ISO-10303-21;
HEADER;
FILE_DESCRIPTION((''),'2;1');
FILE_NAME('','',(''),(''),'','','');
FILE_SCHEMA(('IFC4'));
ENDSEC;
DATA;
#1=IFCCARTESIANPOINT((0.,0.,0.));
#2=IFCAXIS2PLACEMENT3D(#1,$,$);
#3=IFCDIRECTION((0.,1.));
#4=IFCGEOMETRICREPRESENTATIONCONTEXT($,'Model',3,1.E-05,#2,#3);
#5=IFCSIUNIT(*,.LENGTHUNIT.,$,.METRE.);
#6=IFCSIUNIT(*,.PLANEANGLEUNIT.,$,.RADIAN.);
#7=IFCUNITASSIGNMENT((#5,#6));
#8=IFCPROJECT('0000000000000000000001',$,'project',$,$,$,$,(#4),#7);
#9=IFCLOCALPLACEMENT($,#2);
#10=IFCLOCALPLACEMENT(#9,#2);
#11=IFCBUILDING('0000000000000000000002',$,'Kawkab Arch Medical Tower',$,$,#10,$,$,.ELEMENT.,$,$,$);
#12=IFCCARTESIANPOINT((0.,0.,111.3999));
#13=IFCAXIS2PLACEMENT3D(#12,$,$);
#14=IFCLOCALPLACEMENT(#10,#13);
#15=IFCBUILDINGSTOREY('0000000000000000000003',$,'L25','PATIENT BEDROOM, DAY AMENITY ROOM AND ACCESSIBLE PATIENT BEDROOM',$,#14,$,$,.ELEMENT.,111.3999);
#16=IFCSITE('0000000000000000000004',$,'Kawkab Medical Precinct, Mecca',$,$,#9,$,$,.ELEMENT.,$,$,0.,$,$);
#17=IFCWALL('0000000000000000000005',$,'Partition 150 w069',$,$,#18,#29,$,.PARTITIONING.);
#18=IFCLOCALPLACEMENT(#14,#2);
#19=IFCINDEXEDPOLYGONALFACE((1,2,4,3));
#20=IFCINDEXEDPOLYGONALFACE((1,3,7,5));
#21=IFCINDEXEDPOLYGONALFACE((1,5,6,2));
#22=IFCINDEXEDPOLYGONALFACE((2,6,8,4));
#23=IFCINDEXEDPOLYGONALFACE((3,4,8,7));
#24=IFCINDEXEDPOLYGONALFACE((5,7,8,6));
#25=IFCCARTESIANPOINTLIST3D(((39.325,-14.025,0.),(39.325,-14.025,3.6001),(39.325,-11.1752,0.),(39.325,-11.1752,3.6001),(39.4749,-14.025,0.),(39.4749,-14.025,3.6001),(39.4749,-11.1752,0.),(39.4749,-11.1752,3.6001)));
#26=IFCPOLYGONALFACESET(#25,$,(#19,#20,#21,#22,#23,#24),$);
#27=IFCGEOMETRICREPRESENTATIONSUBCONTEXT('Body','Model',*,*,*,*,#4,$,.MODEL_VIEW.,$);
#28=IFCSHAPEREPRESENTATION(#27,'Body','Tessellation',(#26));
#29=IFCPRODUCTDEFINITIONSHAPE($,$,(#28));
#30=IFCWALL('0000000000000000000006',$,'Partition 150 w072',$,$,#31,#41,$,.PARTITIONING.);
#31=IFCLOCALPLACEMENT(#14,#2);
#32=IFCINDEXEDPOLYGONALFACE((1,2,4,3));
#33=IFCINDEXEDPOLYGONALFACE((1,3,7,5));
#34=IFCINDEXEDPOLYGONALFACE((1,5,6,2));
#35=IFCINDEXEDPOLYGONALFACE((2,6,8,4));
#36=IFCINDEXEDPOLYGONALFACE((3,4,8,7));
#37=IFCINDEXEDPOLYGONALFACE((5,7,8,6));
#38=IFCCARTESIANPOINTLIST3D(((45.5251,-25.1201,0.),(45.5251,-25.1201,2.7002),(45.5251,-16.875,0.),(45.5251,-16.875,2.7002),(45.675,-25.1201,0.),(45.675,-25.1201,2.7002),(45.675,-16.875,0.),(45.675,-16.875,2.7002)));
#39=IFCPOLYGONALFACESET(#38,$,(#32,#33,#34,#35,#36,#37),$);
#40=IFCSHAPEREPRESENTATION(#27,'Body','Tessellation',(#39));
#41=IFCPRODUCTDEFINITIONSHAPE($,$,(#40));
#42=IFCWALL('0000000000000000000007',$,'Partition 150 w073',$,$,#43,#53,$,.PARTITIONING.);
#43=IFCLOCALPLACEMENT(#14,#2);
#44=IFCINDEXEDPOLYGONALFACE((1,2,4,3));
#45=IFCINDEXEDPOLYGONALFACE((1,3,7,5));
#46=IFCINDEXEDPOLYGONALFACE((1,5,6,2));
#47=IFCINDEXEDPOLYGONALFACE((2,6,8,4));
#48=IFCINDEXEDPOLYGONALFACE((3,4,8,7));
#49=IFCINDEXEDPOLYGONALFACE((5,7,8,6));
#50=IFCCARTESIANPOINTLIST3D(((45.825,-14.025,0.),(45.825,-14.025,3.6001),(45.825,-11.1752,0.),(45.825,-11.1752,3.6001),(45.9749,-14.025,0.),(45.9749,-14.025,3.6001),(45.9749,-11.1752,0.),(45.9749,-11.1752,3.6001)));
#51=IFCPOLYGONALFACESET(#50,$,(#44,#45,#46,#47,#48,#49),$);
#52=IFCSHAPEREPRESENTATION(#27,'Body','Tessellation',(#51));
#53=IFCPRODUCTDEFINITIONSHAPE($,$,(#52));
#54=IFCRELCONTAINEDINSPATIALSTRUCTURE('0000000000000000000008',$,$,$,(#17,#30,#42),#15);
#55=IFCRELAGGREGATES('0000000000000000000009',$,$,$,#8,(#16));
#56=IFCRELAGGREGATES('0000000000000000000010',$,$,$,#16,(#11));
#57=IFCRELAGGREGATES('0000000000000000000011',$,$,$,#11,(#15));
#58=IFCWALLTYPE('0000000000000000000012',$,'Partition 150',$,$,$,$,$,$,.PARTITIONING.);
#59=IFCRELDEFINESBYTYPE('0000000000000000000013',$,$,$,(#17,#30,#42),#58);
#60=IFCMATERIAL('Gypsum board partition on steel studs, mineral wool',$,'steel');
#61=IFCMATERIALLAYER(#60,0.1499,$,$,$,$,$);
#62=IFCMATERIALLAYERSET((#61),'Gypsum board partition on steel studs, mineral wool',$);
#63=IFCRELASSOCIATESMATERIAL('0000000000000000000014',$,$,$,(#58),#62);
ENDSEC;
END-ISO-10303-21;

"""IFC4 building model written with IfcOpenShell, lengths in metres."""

from ifc_helpers import new_model, si_unit, direction, frame, frame_2d, origin, place, context, subcontext, project, spatial, rectangle, extrude, material, layer, layer_set, type_object, element, save


model = new_model("IFC4")

# Units and contexts
model_context = context("Model", 3, precision=1e-05, world=origin(), true_north=direction((0.0, 1.0)))
body_context = subcontext(model_context, "Body", "Model", "MODEL_VIEW")
ifc_project = project(units=[si_unit("LENGTHUNIT", "METRE"), si_unit("PLANEANGLEUNIT", "RADIAN")], contexts=[model_context])

# Site, building, storey
site_placement = place(None, origin())
site = spatial("IfcSite", under=ifc_project, at=site_placement, Name="Kawkab Medical Precinct, Mecca", CompositionType="ELEMENT", RefElevation=0.0)
building_placement = place(site_placement, origin())
building = spatial("IfcBuilding", under=site, at=building_placement, Name="Kawkab Arch Medical Tower", CompositionType="ELEMENT")
storey_placement = place(building_placement, frame((0.0, 0.0, 111.3999)))
storey = spatial("IfcBuildingStorey", under=building, at=storey_placement, Name="L25", Description="PATIENT BEDROOM, DAY AMENITY ROOM AND ACCESSIBLE PATIENT BEDROOM", CompositionType="ELEMENT", Elevation=111.3999)

# Walls
ifc_material_1 = material(Name="Gypsum board partition on steel studs, mineral wool", Category="steel")
ifc_layer_1 = layer(ifc_material_1, 0.1499)
ifc_layer_set_1 = layer_set([ifc_layer_1], Name="Gypsum board partition on steel studs, mineral wool")
wall_type_1 = type_object("IfcWallType", Name="Partition 150", PredefinedType="PARTITIONING", material=ifc_layer_set_1)
wall_1_placement = place(storey_placement, frame((39.3999, -14.0249, 0.0), z_axis=(0.0, 0.0, 1.0), x_axis=(0.0, 1.0, 0.0)))
element("IfcWall", 1, at=wall_1_placement, inside=storey, type_object=wall_type_1, Name="Partition 150 w069", PredefinedType="PARTITIONING", context=body_context, shape_type="SweptSolid", body=[
    extrude(rectangle(XDim=2.8499, YDim=0.1499, at=frame_2d((1.4248, 0.0))), origin(), (0.0, 0.0, 1.0), 3.6001),
])
wall_2_placement = place(storey_placement, frame((45.6001, -25.1201, 0.0), z_axis=(0.0, 0.0, 1.0), x_axis=(0.0, 1.0, 0.0)))
element("IfcWall", 2, at=wall_2_placement, inside=storey, type_object=wall_type_1, Name="Partition 150 w072", PredefinedType="PARTITIONING", context=body_context, shape_type="SweptSolid", body=[
    extrude(rectangle(XDim=8.2451, YDim=0.1499, at=frame_2d((4.1226, 0.0))), origin(), (0.0, 0.0, 1.0), 2.7002),
])
wall_3_placement = place(storey_placement, frame((45.8999, -14.0249, 0.0), z_axis=(0.0, 0.0, 1.0), x_axis=(0.0, 1.0, 0.0)))
element("IfcWall", 3, at=wall_3_placement, inside=storey, type_object=wall_type_1, Name="Partition 150 w073", PredefinedType="PARTITIONING", context=body_context, shape_type="SweptSolid", body=[
    extrude(rectangle(XDim=2.8499, YDim=0.1499, at=frame_2d((1.4248, 0.0))), origin(), (0.0, 0.0, 1.0), 3.6001),
])

save(model, "model.ifc")
